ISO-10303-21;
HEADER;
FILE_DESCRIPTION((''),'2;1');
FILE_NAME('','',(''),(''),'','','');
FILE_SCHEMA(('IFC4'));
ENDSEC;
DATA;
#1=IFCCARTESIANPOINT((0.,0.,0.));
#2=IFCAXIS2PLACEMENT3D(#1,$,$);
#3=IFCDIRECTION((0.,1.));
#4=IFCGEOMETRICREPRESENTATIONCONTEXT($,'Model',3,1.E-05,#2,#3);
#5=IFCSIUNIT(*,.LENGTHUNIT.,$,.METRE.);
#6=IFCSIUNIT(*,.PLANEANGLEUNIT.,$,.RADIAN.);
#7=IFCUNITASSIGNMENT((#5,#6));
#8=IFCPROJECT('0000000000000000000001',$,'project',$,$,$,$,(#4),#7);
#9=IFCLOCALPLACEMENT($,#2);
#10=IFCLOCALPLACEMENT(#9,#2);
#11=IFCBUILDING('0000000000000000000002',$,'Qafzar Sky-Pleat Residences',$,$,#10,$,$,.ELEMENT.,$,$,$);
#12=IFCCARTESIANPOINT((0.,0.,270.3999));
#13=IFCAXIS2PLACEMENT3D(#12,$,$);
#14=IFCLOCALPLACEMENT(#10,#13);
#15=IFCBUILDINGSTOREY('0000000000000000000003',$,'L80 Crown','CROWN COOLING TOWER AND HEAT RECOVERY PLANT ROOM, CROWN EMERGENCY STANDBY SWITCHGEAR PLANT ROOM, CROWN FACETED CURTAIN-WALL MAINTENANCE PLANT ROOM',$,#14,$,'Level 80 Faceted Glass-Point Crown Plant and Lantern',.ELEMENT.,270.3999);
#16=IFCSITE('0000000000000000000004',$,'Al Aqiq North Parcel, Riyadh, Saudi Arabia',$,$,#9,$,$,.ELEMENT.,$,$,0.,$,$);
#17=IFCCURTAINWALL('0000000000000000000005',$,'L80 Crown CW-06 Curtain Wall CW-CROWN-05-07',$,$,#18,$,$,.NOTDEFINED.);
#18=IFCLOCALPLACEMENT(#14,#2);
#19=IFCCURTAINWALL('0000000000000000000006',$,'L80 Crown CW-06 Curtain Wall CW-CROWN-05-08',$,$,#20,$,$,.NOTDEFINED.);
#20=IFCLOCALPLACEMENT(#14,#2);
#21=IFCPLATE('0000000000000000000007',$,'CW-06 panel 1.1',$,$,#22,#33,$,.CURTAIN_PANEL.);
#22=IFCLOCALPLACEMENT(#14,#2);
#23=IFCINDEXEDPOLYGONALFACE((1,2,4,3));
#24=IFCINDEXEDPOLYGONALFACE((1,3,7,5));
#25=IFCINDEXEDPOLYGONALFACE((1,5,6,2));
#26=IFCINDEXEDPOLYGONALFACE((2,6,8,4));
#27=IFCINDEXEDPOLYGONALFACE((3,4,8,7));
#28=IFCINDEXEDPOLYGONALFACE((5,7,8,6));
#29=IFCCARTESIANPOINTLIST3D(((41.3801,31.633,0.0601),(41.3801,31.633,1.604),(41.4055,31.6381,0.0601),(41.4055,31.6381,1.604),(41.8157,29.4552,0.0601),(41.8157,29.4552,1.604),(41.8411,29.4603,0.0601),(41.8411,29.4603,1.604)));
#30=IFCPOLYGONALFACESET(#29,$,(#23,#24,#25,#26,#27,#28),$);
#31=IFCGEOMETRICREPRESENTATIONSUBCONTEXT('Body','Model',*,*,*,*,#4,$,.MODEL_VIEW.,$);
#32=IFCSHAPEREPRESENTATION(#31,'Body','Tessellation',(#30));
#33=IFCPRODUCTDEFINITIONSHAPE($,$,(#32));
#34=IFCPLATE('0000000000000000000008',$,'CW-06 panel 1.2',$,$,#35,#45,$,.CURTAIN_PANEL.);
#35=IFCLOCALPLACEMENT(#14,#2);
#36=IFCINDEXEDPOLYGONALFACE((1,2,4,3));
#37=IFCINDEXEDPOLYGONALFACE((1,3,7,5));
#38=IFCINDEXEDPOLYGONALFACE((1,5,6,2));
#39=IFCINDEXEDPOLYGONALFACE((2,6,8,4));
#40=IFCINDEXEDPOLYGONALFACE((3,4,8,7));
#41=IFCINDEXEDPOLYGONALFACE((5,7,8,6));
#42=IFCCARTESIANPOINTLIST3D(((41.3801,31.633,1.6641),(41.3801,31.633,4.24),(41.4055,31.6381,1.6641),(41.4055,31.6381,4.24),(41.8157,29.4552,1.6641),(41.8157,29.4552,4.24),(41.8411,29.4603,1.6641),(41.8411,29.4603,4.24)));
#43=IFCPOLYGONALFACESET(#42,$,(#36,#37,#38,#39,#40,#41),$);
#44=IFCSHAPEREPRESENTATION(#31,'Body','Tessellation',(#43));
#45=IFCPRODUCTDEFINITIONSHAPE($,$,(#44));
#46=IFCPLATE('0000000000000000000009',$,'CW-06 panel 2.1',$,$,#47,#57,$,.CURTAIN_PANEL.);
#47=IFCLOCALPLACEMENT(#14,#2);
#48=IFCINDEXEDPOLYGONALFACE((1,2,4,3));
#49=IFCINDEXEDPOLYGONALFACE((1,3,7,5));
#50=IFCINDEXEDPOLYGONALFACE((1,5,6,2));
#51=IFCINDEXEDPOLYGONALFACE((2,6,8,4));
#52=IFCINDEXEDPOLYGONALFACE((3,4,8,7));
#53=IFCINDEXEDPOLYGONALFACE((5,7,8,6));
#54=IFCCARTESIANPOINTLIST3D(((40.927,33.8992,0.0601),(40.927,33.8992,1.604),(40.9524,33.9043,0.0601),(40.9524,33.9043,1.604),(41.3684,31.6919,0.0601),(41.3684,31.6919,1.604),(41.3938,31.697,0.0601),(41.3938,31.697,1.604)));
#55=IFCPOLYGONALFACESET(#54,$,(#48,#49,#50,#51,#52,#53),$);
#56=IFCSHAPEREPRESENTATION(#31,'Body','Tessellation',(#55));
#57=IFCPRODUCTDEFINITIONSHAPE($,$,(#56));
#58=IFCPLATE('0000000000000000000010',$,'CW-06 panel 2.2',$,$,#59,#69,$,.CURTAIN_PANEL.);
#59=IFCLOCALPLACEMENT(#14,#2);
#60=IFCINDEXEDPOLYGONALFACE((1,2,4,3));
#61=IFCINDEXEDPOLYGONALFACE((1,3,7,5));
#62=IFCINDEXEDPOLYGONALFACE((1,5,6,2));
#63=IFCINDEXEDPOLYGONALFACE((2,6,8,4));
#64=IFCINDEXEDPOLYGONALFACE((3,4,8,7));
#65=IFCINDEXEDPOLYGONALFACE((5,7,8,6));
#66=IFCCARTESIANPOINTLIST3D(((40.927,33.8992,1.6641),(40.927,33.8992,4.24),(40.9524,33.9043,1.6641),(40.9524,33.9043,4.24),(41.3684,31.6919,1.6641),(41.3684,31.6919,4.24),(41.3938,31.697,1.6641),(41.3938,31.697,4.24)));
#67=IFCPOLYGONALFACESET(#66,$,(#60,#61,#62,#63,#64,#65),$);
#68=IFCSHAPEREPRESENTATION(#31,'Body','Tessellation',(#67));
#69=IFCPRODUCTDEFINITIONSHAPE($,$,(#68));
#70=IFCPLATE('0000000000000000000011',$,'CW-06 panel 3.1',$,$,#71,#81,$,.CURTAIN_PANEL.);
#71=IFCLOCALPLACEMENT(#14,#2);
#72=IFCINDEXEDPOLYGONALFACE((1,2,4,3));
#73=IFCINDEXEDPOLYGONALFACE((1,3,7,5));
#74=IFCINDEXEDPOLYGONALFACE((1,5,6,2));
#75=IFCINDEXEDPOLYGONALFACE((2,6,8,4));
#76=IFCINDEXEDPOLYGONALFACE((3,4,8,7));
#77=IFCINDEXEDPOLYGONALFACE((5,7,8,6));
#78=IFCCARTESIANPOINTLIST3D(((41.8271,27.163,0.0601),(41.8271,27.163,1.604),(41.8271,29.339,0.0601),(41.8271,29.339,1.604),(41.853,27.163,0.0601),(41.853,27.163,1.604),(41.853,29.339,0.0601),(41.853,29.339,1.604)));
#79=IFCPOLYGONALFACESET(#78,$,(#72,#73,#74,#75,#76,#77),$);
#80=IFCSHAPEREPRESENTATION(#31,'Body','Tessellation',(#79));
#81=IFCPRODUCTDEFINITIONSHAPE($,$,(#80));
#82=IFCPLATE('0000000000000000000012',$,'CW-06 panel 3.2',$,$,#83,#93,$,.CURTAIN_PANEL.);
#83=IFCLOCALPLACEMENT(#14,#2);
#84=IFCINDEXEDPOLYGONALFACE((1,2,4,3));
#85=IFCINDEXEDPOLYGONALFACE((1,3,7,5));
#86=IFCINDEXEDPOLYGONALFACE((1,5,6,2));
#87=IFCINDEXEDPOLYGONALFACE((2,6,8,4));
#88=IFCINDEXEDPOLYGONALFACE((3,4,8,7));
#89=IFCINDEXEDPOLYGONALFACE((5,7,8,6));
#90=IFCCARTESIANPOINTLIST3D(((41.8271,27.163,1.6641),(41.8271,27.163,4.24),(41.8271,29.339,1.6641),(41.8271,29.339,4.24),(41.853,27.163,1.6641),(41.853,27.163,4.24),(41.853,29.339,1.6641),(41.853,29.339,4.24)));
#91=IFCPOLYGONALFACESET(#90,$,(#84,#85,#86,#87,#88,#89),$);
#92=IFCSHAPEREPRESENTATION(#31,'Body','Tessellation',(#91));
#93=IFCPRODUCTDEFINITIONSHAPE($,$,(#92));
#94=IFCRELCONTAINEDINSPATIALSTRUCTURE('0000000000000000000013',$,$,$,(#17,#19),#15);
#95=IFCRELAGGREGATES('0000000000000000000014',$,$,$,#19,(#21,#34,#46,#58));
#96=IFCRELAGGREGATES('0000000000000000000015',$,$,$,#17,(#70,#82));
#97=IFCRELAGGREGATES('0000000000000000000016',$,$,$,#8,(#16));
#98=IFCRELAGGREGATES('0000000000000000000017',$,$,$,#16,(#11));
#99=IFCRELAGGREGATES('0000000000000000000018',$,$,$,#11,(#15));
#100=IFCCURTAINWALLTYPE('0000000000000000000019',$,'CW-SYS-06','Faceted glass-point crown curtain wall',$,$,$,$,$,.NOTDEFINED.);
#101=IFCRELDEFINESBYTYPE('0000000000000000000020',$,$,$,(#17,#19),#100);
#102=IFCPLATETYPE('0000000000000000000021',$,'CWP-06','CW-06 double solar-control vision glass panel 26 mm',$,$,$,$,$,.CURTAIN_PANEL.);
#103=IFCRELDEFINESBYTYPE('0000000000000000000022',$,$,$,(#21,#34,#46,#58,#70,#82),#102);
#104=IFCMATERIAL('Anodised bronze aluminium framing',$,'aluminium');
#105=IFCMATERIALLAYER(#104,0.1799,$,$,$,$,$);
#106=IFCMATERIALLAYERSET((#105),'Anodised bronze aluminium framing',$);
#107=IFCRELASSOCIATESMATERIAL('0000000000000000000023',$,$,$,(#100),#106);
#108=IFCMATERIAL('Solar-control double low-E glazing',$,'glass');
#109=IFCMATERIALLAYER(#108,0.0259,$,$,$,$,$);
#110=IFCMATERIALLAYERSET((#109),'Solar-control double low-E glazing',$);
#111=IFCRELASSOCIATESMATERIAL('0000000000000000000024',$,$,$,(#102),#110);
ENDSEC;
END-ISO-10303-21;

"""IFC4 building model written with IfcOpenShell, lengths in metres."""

from ifc_helpers import new_model, si_unit, direction, frame, origin, origin_2d, place, context, subcontext, project, spatial, rectangle, extrude, source, transform, mapped, material, layer, layer_set, type_object, element, aggregate, save


model = new_model("IFC4")

# Units and contexts
model_context = context("Model", 3, precision=1e-05, world=origin(), true_north=direction((0.0, 1.0)))
body_context = subcontext(model_context, "Body", "Model", "MODEL_VIEW")
ifc_project = project(units=[si_unit("LENGTHUNIT", "METRE"), si_unit("PLANEANGLEUNIT", "RADIAN")], contexts=[model_context])

# Site, building, storey
site_placement = place(None, origin())
site = spatial("IfcSite", under=ifc_project, at=site_placement, Name="Al Aqiq North Parcel, Riyadh, Saudi Arabia", CompositionType="ELEMENT", RefElevation=0.0)
building_placement = place(site_placement, origin())
building = spatial("IfcBuilding", under=site, at=building_placement, Name="Qafzar Sky-Pleat Residences", CompositionType="ELEMENT")
storey_placement = place(building_placement, frame((0.0, 0.0, 270.3999)))
storey = spatial("IfcBuildingStorey", under=building, at=storey_placement, Name="L80 Crown", Description="CROWN COOLING TOWER AND HEAT RECOVERY PLANT ROOM, CROWN EMERGENCY STANDBY SWITCHGEAR PLANT ROOM, CROWN FACETED CURTAIN-WALL MAINTENANCE PLANT ROOM", LongName="Level 80 Faceted Glass-Point Crown Plant and Lantern", CompositionType="ELEMENT", Elevation=270.3999)

# Curtain walls
ifc_material_1 = material(Name="Anodised bronze aluminium framing", Category="aluminium")
ifc_layer_1 = layer(ifc_material_1, 0.1799)
ifc_layer_set_1 = layer_set([ifc_layer_1], Name="Anodised bronze aluminium framing")
curtain_wall_type = type_object("IfcCurtainWallType", Name="CW-SYS-06", Description="Faceted glass-point crown curtain wall", PredefinedType="NOTDEFINED", material=ifc_layer_set_1)
curtain_wall_1_placement = place(storey_placement, origin())
curtain_wall_1 = element("IfcCurtainWall", 1, at=curtain_wall_1_placement, inside=storey, type_object=curtain_wall_type, Name="L80 Crown CW-06 Curtain Wall CW-CROWN-05-07", PredefinedType="NOTDEFINED")
curtain_wall_2_placement = place(storey_placement, origin())
curtain_wall_2 = element("IfcCurtainWall", 2, at=curtain_wall_2_placement, inside=storey, type_object=curtain_wall_type, Name="L80 Crown CW-06 Curtain Wall CW-CROWN-05-08", PredefinedType="NOTDEFINED")

# Plates
ifc_material_2 = material(Name="Solar-control double low-E glazing", Category="glass")
ifc_layer_2 = layer(ifc_material_2, 0.0259)
ifc_layer_set_2 = layer_set([ifc_layer_2], Name="Solar-control double low-E glazing")
plate_type = type_object("IfcPlateType", Name="CWP-06", Description="CW-06 double solar-control vision glass panel 26 mm", PredefinedType="CURTAIN_PANEL", material=ifc_layer_set_2)
shared_shape_1 = source(origin(), body_context, "Body", "SweptSolid", [
    extrude(rectangle(XDim=2.2209, YDim=0.0259, at=origin_2d()), origin(), (0.0, 0.0, 1.0), 1.5439),
])
plate_1_placement = place(storey_placement, frame((41.6106, 30.5466, 0.0601), z_axis=(0.0, 0.0, 1.0), x_axis=(-0.196116, 0.980581, 0.0)))
plate_1 = element("IfcPlate", 3, at=plate_1_placement, type_object=plate_type, Name="CW-06 panel 1.1", PredefinedType="CURTAIN_PANEL", context=body_context, shape_type="MappedRepresentation", body=[
    mapped(shared_shape_1, transform((0.0, 0.0, 0.0), x_axis=(1.0, 0.0, 0.0), y_axis=(0.0, 1.0, 0.0), z_axis=(0.0, 0.0, 1.0), scale=1.0)),
])
shared_shape_2 = source(origin(), body_context, "Body", "SweptSolid", [
    extrude(rectangle(XDim=2.2209, YDim=0.0259, at=origin_2d()), origin(), (0.0, 0.0, 1.0), 2.5759),
])
plate_2_placement = place(storey_placement, frame((41.6106, 30.5466, 1.6641), z_axis=(0.0, 0.0, 1.0), x_axis=(-0.196116, 0.980581, 0.0)))
plate_2 = element("IfcPlate", 4, at=plate_2_placement, type_object=plate_type, Name="CW-06 panel 1.2", PredefinedType="CURTAIN_PANEL", context=body_context, shape_type="MappedRepresentation", body=[
    mapped(shared_shape_2, transform((0.0, 0.0, 0.0), x_axis=(1.0, 0.0, 0.0), y_axis=(0.0, 1.0, 0.0), z_axis=(0.0, 0.0, 1.0), scale=1.0)),
])
shared_shape_3 = source(origin(), body_context, "Body", "SweptSolid", [
    extrude(rectangle(XDim=2.251, YDim=0.0259, at=origin_2d()), origin(), (0.0, 0.0, 1.0), 1.5439),
])
plate_3_placement = place(storey_placement, frame((41.1604, 32.7981, 0.0601), z_axis=(0.0, 0.0, 1.0), x_axis=(-0.196116, 0.980581, 0.0)))
plate_3 = element("IfcPlate", 5, at=plate_3_placement, type_object=plate_type, Name="CW-06 panel 2.1", PredefinedType="CURTAIN_PANEL", context=body_context, shape_type="MappedRepresentation", body=[
    mapped(shared_shape_3, transform((0.0, 0.0, 0.0), x_axis=(1.0, 0.0, 0.0), y_axis=(0.0, 1.0, 0.0), z_axis=(0.0, 0.0, 1.0), scale=1.0)),
])
shared_shape_4 = source(origin(), body_context, "Body", "SweptSolid", [
    extrude(rectangle(XDim=2.251, YDim=0.0259, at=origin_2d()), origin(), (0.0, 0.0, 1.0), 2.5759),
])
plate_4_placement = place(storey_placement, frame((41.1604, 32.7981, 1.6641), z_axis=(0.0, 0.0, 1.0), x_axis=(-0.196116, 0.980581, 0.0)))
plate_4 = element("IfcPlate", 6, at=plate_4_placement, type_object=plate_type, Name="CW-06 panel 2.2", PredefinedType="CURTAIN_PANEL", context=body_context, shape_type="MappedRepresentation", body=[
    mapped(shared_shape_4, transform((0.0, 0.0, 0.0), x_axis=(1.0, 0.0, 0.0), y_axis=(0.0, 1.0, 0.0), z_axis=(0.0, 0.0, 1.0), scale=1.0)),
])
aggregate(curtain_wall_2, [plate_1, plate_2, plate_3, plate_4])
shared_shape_5 = source(origin(), body_context, "Body", "SweptSolid", [
    extrude(rectangle(XDim=2.176, YDim=0.0259, at=origin_2d()), origin(), (0.0, 0.0, 1.0), 1.5439),
])
plate_5_placement = place(storey_placement, frame((41.8401, 28.251, 0.0601), z_axis=(0.0, 0.0, 1.0), x_axis=(0.0, 1.0, 0.0)))
plate_5 = element("IfcPlate", 7, at=plate_5_placement, type_object=plate_type, Name="CW-06 panel 3.1", PredefinedType="CURTAIN_PANEL", context=body_context, shape_type="MappedRepresentation", body=[
    mapped(shared_shape_5, transform((0.0, 0.0, 0.0), x_axis=(1.0, 0.0, 0.0), y_axis=(0.0, 1.0, 0.0), z_axis=(0.0, 0.0, 1.0), scale=1.0)),
])
shared_shape_6 = source(origin(), body_context, "Body", "SweptSolid", [
    extrude(rectangle(XDim=2.176, YDim=0.0259, at=origin_2d()), origin(), (0.0, 0.0, 1.0), 2.5759),
])
plate_6_placement = place(storey_placement, frame((41.8401, 28.251, 1.6641), z_axis=(0.0, 0.0, 1.0), x_axis=(0.0, 1.0, 0.0)))
plate_6 = element("IfcPlate", 8, at=plate_6_placement, type_object=plate_type, Name="CW-06 panel 3.2", PredefinedType="CURTAIN_PANEL", context=body_context, shape_type="MappedRepresentation", body=[
    mapped(shared_shape_6, transform((0.0, 0.0, 0.0), x_axis=(1.0, 0.0, 0.0), y_axis=(0.0, 1.0, 0.0), z_axis=(0.0, 0.0, 1.0), scale=1.0)),
])
aggregate(curtain_wall_1, [plate_5, plate_6])

save(model, "model.ifc")
